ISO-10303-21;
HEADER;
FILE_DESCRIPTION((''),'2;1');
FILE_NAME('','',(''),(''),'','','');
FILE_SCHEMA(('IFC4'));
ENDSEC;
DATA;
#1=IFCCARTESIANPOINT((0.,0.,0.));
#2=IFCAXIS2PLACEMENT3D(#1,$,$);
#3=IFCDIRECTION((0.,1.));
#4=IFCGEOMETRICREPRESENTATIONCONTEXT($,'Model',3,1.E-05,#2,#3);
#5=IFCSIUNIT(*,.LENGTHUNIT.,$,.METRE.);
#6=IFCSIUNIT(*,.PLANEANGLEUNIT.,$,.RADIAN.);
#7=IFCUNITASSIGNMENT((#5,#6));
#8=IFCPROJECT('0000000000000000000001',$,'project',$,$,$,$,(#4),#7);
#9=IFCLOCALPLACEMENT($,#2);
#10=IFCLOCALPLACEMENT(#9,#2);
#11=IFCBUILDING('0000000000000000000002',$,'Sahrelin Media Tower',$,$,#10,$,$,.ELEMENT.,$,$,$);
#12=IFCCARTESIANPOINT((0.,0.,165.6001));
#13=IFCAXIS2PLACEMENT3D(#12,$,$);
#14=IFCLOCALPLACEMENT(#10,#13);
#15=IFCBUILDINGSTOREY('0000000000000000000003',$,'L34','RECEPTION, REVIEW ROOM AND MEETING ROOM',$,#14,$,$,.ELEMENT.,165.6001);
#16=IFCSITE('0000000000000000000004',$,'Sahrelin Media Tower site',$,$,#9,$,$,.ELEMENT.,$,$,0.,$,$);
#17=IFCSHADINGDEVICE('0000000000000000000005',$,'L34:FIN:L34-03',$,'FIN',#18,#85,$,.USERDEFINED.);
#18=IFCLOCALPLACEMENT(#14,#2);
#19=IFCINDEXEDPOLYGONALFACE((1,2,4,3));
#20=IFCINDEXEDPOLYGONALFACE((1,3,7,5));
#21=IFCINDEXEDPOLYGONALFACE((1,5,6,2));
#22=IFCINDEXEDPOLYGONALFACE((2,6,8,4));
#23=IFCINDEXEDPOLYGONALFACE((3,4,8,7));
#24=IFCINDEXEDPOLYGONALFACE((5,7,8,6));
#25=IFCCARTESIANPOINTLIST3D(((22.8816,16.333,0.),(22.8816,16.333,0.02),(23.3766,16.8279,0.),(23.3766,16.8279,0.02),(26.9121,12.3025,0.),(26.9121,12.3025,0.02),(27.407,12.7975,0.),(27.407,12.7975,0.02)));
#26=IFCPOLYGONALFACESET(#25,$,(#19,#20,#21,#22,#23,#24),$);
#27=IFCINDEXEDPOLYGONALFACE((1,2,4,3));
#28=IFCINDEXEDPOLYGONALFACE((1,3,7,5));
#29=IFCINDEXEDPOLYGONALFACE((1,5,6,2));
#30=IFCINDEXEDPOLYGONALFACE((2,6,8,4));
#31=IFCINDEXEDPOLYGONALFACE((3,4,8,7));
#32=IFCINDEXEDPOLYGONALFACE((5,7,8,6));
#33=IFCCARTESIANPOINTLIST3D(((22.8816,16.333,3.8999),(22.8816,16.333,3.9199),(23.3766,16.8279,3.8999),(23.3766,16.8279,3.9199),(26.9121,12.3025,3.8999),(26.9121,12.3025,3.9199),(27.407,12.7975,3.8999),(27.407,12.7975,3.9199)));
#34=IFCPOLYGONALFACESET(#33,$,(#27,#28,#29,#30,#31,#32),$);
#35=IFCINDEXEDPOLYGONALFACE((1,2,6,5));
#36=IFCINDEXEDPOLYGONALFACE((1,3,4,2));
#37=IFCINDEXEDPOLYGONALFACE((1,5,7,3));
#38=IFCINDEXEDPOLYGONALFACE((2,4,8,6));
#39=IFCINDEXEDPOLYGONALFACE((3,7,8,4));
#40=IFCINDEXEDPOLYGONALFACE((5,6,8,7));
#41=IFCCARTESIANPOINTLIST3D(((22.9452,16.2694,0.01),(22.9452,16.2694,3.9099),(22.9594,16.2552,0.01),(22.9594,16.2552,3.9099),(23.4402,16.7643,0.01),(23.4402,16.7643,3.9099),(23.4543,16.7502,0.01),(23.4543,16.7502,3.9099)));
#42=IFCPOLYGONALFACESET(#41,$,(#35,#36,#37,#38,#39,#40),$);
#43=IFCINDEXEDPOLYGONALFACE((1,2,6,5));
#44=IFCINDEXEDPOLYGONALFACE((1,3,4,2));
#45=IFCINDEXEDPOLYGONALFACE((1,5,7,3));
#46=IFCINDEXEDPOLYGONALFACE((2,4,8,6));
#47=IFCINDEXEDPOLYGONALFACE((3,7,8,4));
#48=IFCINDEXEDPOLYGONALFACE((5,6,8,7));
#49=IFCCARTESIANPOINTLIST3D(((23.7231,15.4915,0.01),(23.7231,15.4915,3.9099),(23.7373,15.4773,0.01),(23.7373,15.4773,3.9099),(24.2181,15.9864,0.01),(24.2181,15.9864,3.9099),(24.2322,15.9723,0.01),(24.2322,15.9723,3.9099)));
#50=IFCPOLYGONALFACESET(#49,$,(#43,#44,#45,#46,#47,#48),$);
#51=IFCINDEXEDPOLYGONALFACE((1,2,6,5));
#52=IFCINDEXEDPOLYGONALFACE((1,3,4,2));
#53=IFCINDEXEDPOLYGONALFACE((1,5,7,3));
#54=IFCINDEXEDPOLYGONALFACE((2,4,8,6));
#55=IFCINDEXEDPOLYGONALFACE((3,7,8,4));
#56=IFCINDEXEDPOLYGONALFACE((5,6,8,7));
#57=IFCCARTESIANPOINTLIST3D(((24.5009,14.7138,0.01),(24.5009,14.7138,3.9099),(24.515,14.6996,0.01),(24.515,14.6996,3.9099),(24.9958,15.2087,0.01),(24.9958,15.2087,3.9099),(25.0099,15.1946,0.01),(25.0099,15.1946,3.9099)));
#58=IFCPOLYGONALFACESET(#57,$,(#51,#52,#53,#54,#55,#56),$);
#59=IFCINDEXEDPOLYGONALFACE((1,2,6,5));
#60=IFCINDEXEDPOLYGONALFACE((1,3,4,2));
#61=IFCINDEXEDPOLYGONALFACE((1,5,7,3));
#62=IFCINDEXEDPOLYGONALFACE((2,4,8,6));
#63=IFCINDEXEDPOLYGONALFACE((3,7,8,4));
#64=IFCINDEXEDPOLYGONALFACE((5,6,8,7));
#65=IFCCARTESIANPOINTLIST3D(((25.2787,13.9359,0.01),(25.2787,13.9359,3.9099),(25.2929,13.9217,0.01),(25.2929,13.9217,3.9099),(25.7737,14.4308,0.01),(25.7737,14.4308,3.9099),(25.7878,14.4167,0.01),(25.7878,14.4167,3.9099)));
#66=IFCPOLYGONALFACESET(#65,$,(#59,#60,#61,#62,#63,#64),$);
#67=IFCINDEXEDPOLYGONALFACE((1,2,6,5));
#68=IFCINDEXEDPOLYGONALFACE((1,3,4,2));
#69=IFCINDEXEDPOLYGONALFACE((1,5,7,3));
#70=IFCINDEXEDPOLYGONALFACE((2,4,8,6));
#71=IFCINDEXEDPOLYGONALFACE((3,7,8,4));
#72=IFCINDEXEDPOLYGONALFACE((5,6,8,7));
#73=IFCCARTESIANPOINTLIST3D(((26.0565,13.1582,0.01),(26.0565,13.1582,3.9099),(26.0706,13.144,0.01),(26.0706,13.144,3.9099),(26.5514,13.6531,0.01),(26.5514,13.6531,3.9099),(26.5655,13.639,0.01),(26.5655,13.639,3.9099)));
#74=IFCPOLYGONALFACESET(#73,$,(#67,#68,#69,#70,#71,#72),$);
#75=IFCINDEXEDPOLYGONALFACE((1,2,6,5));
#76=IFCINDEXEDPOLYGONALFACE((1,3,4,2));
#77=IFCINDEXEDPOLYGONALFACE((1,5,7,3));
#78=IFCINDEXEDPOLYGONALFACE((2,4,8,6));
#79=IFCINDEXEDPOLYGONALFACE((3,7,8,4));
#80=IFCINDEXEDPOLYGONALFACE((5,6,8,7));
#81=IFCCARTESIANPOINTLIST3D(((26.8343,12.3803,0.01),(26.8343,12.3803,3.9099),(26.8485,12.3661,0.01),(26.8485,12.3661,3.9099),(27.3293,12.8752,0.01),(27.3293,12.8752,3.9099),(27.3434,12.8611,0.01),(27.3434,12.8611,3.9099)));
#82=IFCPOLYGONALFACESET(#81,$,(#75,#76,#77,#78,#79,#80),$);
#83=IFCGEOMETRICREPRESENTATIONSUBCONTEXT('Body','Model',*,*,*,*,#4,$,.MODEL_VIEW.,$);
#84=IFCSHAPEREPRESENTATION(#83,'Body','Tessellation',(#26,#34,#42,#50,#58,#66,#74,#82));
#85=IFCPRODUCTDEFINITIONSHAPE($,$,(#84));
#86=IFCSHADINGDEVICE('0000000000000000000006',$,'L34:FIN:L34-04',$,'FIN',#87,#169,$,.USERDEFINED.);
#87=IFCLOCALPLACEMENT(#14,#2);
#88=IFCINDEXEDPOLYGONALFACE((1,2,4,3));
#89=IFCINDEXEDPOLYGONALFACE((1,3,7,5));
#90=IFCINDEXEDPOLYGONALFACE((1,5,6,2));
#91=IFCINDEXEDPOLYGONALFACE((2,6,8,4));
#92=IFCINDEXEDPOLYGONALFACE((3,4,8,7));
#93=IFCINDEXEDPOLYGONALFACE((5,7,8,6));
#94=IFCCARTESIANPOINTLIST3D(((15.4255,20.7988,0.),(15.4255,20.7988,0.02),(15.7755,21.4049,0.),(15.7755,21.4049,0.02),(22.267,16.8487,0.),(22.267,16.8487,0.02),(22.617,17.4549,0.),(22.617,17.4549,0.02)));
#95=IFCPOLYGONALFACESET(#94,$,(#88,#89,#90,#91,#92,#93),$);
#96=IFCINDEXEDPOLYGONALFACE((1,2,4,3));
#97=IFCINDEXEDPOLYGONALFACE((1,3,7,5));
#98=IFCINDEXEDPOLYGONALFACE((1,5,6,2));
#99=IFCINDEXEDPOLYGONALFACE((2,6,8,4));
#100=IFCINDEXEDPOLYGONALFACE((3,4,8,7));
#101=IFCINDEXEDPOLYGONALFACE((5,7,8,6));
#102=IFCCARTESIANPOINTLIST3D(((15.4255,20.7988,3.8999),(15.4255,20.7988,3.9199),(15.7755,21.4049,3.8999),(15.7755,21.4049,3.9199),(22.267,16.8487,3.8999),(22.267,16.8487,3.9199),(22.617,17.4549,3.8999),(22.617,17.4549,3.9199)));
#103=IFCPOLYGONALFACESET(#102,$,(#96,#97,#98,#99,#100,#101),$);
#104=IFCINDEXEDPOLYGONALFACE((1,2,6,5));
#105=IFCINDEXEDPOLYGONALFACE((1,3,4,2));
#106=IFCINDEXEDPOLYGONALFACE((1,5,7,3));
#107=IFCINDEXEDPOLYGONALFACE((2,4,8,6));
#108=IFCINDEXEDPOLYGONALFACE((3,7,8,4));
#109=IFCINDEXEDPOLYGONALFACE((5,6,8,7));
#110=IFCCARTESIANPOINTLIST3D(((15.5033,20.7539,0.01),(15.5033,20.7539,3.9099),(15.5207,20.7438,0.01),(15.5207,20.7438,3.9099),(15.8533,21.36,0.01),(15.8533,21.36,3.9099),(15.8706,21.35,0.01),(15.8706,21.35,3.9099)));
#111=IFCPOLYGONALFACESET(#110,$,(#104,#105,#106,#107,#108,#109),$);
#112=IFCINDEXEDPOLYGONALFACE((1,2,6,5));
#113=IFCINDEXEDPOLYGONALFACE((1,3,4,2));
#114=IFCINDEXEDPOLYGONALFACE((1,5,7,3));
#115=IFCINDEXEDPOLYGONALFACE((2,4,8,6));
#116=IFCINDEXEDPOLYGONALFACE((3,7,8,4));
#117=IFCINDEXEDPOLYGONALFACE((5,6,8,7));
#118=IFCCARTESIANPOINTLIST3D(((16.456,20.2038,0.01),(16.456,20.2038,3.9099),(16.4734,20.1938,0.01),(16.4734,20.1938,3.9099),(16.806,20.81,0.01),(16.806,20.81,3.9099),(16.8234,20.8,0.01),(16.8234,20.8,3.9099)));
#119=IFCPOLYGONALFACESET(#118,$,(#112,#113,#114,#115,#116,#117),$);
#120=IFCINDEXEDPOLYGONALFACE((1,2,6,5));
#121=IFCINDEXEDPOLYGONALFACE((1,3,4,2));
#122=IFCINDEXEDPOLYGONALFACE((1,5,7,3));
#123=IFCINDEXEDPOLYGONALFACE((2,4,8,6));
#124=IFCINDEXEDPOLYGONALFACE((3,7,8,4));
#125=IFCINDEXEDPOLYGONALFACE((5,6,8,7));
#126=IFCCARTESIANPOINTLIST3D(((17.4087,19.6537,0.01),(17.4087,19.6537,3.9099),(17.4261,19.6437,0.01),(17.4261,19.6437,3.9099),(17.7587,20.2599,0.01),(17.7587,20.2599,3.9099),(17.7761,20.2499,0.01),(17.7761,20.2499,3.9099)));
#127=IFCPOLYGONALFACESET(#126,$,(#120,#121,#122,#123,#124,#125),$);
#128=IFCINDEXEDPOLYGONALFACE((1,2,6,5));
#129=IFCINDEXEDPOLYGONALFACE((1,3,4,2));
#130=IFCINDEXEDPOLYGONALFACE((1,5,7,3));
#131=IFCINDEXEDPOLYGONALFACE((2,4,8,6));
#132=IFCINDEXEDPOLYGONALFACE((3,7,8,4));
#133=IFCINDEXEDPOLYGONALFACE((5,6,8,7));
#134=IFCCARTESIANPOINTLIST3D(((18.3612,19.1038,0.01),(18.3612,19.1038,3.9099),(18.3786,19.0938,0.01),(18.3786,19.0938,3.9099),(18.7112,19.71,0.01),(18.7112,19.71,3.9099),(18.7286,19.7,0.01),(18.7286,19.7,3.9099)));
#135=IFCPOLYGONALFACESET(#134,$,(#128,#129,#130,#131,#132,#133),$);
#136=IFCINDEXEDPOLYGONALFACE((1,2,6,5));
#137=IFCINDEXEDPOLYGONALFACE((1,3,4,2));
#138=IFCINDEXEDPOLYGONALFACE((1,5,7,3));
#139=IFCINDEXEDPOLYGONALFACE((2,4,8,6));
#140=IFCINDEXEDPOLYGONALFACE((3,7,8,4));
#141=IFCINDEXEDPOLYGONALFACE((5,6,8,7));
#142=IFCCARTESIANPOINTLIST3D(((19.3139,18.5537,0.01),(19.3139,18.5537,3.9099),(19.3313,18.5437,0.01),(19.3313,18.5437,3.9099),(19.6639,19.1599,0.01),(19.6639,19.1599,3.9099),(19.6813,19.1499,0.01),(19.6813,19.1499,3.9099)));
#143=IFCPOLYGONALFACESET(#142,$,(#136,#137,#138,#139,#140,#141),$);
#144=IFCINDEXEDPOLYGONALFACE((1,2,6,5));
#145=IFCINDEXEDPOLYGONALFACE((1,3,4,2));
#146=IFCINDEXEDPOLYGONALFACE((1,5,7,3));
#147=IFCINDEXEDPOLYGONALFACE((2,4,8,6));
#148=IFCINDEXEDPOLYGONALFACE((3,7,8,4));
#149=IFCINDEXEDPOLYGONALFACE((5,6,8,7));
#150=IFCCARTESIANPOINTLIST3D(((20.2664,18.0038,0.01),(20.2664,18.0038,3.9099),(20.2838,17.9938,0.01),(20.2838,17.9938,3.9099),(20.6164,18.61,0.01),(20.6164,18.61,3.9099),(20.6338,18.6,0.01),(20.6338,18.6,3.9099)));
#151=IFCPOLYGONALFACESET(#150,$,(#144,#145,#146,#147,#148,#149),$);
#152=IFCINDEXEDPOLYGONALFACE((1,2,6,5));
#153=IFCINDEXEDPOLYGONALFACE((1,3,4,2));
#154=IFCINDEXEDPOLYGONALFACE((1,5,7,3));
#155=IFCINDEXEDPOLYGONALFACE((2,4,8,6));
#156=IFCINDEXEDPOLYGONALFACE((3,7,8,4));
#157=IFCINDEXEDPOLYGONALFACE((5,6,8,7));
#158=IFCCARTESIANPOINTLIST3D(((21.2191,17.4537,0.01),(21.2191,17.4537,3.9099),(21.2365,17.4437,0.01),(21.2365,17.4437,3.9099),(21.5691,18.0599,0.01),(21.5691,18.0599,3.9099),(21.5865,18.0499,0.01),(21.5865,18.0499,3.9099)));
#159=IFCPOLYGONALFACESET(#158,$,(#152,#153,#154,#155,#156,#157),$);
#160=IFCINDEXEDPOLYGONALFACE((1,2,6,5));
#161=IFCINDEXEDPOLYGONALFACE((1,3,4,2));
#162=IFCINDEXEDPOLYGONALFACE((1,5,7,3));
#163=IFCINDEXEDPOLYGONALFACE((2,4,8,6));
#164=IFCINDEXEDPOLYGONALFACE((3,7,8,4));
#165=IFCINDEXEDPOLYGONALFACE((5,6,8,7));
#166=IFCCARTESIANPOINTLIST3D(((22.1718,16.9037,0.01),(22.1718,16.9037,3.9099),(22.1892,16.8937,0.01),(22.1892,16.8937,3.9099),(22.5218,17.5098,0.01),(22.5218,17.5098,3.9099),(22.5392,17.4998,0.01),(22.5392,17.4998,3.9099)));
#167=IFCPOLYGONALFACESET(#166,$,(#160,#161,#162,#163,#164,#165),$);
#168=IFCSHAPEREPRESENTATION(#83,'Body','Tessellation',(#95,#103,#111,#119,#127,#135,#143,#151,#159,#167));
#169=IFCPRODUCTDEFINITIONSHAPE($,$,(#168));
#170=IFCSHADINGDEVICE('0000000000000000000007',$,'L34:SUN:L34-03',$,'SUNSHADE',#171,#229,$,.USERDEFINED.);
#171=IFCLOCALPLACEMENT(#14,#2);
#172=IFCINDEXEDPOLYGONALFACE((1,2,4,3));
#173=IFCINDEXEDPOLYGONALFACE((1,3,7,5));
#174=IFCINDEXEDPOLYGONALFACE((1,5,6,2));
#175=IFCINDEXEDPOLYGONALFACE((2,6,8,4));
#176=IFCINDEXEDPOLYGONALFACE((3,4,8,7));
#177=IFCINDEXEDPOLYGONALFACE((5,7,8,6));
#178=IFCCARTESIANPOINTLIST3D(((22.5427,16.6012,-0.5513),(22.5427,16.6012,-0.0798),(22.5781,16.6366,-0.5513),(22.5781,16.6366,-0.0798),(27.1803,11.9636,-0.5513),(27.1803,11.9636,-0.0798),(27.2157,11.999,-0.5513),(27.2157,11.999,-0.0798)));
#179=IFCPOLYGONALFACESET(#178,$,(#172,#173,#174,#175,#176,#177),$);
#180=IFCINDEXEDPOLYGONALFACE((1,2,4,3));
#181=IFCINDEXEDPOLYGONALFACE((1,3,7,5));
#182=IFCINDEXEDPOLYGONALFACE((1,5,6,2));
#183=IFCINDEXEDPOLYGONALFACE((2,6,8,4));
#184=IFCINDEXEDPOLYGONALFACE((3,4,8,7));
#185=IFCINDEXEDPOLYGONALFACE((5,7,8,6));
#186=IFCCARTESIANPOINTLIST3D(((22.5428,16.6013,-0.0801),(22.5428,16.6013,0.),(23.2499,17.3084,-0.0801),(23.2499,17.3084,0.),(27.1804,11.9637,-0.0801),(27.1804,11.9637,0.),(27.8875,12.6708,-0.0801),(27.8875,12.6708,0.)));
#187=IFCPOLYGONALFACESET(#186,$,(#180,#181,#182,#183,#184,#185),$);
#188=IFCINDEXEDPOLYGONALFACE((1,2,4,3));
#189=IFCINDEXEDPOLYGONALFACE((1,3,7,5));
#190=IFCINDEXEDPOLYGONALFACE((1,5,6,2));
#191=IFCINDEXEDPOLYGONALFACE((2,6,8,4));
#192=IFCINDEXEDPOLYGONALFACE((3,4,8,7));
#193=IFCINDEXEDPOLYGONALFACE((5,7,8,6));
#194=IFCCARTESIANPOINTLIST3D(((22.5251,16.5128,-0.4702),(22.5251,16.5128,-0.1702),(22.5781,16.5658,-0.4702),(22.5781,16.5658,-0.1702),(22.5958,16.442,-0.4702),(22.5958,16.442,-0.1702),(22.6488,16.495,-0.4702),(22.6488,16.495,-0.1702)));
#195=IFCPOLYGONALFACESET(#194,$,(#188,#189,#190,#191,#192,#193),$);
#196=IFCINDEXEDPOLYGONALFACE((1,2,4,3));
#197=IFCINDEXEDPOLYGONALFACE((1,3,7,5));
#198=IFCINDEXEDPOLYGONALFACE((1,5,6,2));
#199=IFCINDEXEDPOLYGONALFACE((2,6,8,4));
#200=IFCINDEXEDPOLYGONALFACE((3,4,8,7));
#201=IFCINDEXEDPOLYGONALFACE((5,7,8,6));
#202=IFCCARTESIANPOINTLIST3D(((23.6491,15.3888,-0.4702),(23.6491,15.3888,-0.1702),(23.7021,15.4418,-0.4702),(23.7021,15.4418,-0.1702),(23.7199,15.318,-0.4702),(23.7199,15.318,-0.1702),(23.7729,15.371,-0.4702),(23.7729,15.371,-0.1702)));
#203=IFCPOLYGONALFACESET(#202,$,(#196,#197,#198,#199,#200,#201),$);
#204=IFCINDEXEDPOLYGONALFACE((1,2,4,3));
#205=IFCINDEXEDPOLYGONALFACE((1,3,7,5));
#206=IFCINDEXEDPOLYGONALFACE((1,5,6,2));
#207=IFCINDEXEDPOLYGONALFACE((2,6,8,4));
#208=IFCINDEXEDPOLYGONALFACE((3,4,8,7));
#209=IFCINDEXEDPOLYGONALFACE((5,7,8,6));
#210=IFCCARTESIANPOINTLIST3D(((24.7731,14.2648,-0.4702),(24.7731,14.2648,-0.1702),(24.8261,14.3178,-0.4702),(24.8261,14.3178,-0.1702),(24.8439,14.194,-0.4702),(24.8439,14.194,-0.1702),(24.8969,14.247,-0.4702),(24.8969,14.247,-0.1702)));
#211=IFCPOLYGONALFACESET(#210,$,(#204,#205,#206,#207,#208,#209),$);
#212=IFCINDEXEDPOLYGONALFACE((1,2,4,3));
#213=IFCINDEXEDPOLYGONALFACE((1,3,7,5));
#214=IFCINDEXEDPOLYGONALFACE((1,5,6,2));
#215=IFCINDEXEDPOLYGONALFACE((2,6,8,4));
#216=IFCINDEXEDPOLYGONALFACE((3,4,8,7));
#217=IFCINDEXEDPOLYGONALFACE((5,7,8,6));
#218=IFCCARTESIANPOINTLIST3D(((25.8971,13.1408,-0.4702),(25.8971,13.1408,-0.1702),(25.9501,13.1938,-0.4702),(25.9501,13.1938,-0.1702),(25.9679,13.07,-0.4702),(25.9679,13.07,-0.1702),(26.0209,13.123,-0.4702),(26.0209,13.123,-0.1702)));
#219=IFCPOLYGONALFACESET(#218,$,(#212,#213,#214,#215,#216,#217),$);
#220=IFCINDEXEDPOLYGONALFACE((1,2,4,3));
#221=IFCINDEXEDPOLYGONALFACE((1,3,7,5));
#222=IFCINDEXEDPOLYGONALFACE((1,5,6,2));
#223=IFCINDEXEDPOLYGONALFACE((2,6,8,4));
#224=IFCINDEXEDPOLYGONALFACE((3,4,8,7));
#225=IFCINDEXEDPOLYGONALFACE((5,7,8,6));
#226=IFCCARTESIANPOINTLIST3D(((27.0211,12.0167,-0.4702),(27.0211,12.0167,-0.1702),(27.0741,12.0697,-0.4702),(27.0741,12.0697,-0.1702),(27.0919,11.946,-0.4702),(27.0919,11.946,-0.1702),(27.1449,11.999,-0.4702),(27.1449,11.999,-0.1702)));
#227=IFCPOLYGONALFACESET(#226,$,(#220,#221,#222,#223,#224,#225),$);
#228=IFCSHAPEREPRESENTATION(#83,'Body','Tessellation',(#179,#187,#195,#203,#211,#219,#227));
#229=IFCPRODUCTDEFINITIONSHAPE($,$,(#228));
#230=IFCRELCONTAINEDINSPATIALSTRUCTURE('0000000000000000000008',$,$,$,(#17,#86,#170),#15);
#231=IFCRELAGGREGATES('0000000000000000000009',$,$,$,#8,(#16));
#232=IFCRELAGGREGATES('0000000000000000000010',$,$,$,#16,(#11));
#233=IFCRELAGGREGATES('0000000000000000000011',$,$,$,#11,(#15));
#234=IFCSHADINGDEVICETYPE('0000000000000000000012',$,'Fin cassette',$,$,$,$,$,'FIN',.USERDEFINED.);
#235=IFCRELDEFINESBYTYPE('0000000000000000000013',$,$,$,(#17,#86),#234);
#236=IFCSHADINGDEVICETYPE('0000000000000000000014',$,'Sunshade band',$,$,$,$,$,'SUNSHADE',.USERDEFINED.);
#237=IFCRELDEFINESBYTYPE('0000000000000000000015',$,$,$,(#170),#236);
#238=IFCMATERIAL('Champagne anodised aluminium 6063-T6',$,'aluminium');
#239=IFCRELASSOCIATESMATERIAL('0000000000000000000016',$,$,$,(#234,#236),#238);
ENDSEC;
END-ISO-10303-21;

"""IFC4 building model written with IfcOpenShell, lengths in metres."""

from ifc_helpers import new_model, si_unit, direction, frame, origin, origin_2d, place, context, subcontext, project, spatial, rectangle, extrude, material, type_object, element, save


model = new_model("IFC4")

# Units and contexts
model_context = context("Model", 3, precision=1e-05, world=origin(), true_north=direction((0.0, 1.0)))
body_context = subcontext(model_context, "Body", "Model", "MODEL_VIEW")
ifc_project = project(units=[si_unit("LENGTHUNIT", "METRE"), si_unit("PLANEANGLEUNIT", "RADIAN")], contexts=[model_context])

# Site, building, storey
site_placement = place(None, origin())
site = spatial("IfcSite", under=ifc_project, at=site_placement, Name="Sahrelin Media Tower site", CompositionType="ELEMENT", RefElevation=0.0)
building_placement = place(site_placement, origin())
building = spatial("IfcBuilding", under=site, at=building_placement, Name="Sahrelin Media Tower", CompositionType="ELEMENT")
storey_placement = place(building_placement, frame((0.0, 0.0, 165.6001)))
storey = spatial("IfcBuildingStorey", under=building, at=storey_placement, Name="L34", Description="RECEPTION, REVIEW ROOM AND MEETING ROOM", CompositionType="ELEMENT", Elevation=165.6001)

# Shared definitions
ifc_material_1 = material(Name="Champagne anodised aluminium 6063-T6", Category="aluminium")

# Shading devices
shading_device_type_1 = type_object("IfcShadingDeviceType", Name="Fin cassette", ElementType="FIN", PredefinedType="USERDEFINED", material=ifc_material_1)
placement_1 = place(storey_placement, frame((24.8474, 14.2683, 0.0), z_axis=(0.0, 0.0, 1.0), x_axis=(0.707107, -0.707107, 0.0)))
element("IfcShadingDevice", 1, at=placement_1, inside=storey, type_object=shading_device_type_1, Name="L34:FIN:L34-03", ObjectType="FIN", PredefinedType="USERDEFINED", context=body_context, shape_type="SweptSolid", body=[
    extrude(rectangle(XDim=5.7, YDim=0.7, at=origin_2d()), frame((0.0, 0.4199, 0.0)), (0.0, 0.0, 1.0), 0.02),
    extrude(rectangle(XDim=5.7, YDim=0.7, at=origin_2d()), frame((0.0, 0.4199, 3.8999)), (0.0, 0.0, 1.0), 0.02),
    extrude(rectangle(XDim=0.02, YDim=0.7, at=origin_2d()), frame((-2.75, 0.4199, 0.01), z_axis=(0.0, 0.0, 1.0), x_axis=(1.0, 0.0, 0.0)), (0.0, 0.0, 1.0), 3.8999),
    extrude(rectangle(XDim=0.02, YDim=0.7, at=origin_2d()), frame((-1.6499, 0.4199, 0.01), z_axis=(0.0, 0.0, 1.0), x_axis=(1.0, 0.0, 0.0)), (0.0, 0.0, 1.0), 3.8999),
    extrude(rectangle(XDim=0.02, YDim=0.7, at=origin_2d()), frame((-0.55, 0.4199, 0.01), z_axis=(0.0, 0.0, 1.0), x_axis=(1.0, 0.0, 0.0)), (0.0, 0.0, 1.0), 3.8999),
    extrude(rectangle(XDim=0.02, YDim=0.7, at=origin_2d()), frame((0.55, 0.4199, 0.01), z_axis=(0.0, 0.0, 1.0), x_axis=(1.0, 0.0, 0.0)), (0.0, 0.0, 1.0), 3.8999),
    extrude(rectangle(XDim=0.02, YDim=0.7, at=origin_2d()), frame((1.6499, 0.4199, 0.01), z_axis=(0.0, 0.0, 1.0), x_axis=(1.0, 0.0, 0.0)), (0.0, 0.0, 1.0), 3.8999),
    extrude(rectangle(XDim=0.02, YDim=0.7, at=origin_2d()), frame((2.75, 0.4199, 0.01), z_axis=(0.0, 0.0, 1.0), x_axis=(1.0, 0.0, 0.0)), (0.0, 0.0, 1.0), 3.8999),
])
placement_2 = place(storey_placement, frame((18.8113, 18.7632, 0.0), z_axis=(0.0, 0.0, 1.0), x_axis=(0.866019, -0.500011, 0.0)))
element("IfcShadingDevice", 2, at=placement_2, inside=storey, type_object=shading_device_type_1, Name="L34:FIN:L34-04", ObjectType="FIN", PredefinedType="USERDEFINED", context=body_context, shape_type="SweptSolid", body=[
    extrude(rectangle(XDim=7.8999, YDim=0.7, at=origin_2d()), frame((0.0, 0.4199, 0.0)), (0.0, 0.0, 1.0), 0.02),
    extrude(rectangle(XDim=7.8999, YDim=0.7, at=origin_2d()), frame((0.0, 0.4199, 3.8999)), (0.0, 0.0, 1.0), 0.02),
    extrude(rectangle(XDim=0.02, YDim=0.7, at=origin_2d()), frame((-3.8501, 0.4199, 0.01), z_axis=(0.0, 0.0, 1.0), x_axis=(1.0, 0.0, 0.0)), (0.0, 0.0, 1.0), 3.8999),
    extrude(rectangle(XDim=0.02, YDim=0.7, at=origin_2d()), frame((-2.75, 0.4199, 0.01), z_axis=(0.0, 0.0, 1.0), x_axis=(1.0, 0.0, 0.0)), (0.0, 0.0, 1.0), 3.8999),
    extrude(rectangle(XDim=0.02, YDim=0.7, at=origin_2d()), frame((-1.6499, 0.4199, 0.01), z_axis=(0.0, 0.0, 1.0), x_axis=(1.0, 0.0, 0.0)), (0.0, 0.0, 1.0), 3.8999),
    extrude(rectangle(XDim=0.02, YDim=0.7, at=origin_2d()), frame((-0.55, 0.4199, 0.01), z_axis=(0.0, 0.0, 1.0), x_axis=(1.0, 0.0, 0.0)), (0.0, 0.0, 1.0), 3.8999),
    extrude(rectangle(XDim=0.02, YDim=0.7, at=origin_2d()), frame((0.55, 0.4199, 0.01), z_axis=(0.0, 0.0, 1.0), x_axis=(1.0, 0.0, 0.0)), (0.0, 0.0, 1.0), 3.8999),
    extrude(rectangle(XDim=0.02, YDim=0.7, at=origin_2d()), frame((1.6499, 0.4199, 0.01), z_axis=(0.0, 0.0, 1.0), x_axis=(1.0, 0.0, 0.0)), (0.0, 0.0, 1.0), 3.8999),
    extrude(rectangle(XDim=0.02, YDim=0.7, at=origin_2d()), frame((2.75, 0.4199, 0.01), z_axis=(0.0, 0.0, 1.0), x_axis=(1.0, 0.0, 0.0)), (0.0, 0.0, 1.0), 3.8999),
    extrude(rectangle(XDim=0.02, YDim=0.7, at=origin_2d()), frame((3.8501, 0.4199, 0.01), z_axis=(0.0, 0.0, 1.0), x_axis=(1.0, 0.0, 0.0)), (0.0, 0.0, 1.0), 3.8999),
])
shading_device_type_2 = type_object("IfcShadingDeviceType", Name="Sunshade band", ElementType="SUNSHADE", PredefinedType="USERDEFINED", material=ifc_material_1)
element("IfcShadingDevice", 3, at=placement_1, inside=storey, type_object=shading_device_type_2, Name="L34:SUN:L34-03", ObjectType="SUNSHADE", PredefinedType="USERDEFINED", context=body_context, shape_type="SweptSolid", body=[
    extrude(rectangle(XDim=6.5586, YDim=0.05, at=origin_2d()), frame((0.0, 0.0449, -0.5513)), (0.0, 0.0, 1.0), 0.4714),
    extrude(rectangle(XDim=6.5586, YDim=1.0, at=origin_2d()), frame((0.0, 0.52, -0.0801)), (0.0, 0.0, 1.0), 0.0801),
    extrude(rectangle(XDim=0.1001, YDim=0.075, at=origin_2d()), frame((-3.1792, -0.0176, -0.4702)), (0.0, 0.0, 1.0), 0.3),
    extrude(rectangle(XDim=0.1001, YDim=0.075, at=origin_2d()), frame((-1.5896, -0.0176, -0.4702)), (0.0, 0.0, 1.0), 0.3),
    extrude(rectangle(XDim=0.1001, YDim=0.075, at=origin_2d()), frame((0.0, -0.0176, -0.4702)), (0.0, 0.0, 1.0), 0.3),
    extrude(rectangle(XDim=0.1001, YDim=0.075, at=origin_2d()), frame((1.5896, -0.0176, -0.4702)), (0.0, 0.0, 1.0), 0.3),
    extrude(rectangle(XDim=0.1001, YDim=0.075, at=origin_2d()), frame((3.1792, -0.0176, -0.4702)), (0.0, 0.0, 1.0), 0.3),
])

save(model, "model.ifc")
